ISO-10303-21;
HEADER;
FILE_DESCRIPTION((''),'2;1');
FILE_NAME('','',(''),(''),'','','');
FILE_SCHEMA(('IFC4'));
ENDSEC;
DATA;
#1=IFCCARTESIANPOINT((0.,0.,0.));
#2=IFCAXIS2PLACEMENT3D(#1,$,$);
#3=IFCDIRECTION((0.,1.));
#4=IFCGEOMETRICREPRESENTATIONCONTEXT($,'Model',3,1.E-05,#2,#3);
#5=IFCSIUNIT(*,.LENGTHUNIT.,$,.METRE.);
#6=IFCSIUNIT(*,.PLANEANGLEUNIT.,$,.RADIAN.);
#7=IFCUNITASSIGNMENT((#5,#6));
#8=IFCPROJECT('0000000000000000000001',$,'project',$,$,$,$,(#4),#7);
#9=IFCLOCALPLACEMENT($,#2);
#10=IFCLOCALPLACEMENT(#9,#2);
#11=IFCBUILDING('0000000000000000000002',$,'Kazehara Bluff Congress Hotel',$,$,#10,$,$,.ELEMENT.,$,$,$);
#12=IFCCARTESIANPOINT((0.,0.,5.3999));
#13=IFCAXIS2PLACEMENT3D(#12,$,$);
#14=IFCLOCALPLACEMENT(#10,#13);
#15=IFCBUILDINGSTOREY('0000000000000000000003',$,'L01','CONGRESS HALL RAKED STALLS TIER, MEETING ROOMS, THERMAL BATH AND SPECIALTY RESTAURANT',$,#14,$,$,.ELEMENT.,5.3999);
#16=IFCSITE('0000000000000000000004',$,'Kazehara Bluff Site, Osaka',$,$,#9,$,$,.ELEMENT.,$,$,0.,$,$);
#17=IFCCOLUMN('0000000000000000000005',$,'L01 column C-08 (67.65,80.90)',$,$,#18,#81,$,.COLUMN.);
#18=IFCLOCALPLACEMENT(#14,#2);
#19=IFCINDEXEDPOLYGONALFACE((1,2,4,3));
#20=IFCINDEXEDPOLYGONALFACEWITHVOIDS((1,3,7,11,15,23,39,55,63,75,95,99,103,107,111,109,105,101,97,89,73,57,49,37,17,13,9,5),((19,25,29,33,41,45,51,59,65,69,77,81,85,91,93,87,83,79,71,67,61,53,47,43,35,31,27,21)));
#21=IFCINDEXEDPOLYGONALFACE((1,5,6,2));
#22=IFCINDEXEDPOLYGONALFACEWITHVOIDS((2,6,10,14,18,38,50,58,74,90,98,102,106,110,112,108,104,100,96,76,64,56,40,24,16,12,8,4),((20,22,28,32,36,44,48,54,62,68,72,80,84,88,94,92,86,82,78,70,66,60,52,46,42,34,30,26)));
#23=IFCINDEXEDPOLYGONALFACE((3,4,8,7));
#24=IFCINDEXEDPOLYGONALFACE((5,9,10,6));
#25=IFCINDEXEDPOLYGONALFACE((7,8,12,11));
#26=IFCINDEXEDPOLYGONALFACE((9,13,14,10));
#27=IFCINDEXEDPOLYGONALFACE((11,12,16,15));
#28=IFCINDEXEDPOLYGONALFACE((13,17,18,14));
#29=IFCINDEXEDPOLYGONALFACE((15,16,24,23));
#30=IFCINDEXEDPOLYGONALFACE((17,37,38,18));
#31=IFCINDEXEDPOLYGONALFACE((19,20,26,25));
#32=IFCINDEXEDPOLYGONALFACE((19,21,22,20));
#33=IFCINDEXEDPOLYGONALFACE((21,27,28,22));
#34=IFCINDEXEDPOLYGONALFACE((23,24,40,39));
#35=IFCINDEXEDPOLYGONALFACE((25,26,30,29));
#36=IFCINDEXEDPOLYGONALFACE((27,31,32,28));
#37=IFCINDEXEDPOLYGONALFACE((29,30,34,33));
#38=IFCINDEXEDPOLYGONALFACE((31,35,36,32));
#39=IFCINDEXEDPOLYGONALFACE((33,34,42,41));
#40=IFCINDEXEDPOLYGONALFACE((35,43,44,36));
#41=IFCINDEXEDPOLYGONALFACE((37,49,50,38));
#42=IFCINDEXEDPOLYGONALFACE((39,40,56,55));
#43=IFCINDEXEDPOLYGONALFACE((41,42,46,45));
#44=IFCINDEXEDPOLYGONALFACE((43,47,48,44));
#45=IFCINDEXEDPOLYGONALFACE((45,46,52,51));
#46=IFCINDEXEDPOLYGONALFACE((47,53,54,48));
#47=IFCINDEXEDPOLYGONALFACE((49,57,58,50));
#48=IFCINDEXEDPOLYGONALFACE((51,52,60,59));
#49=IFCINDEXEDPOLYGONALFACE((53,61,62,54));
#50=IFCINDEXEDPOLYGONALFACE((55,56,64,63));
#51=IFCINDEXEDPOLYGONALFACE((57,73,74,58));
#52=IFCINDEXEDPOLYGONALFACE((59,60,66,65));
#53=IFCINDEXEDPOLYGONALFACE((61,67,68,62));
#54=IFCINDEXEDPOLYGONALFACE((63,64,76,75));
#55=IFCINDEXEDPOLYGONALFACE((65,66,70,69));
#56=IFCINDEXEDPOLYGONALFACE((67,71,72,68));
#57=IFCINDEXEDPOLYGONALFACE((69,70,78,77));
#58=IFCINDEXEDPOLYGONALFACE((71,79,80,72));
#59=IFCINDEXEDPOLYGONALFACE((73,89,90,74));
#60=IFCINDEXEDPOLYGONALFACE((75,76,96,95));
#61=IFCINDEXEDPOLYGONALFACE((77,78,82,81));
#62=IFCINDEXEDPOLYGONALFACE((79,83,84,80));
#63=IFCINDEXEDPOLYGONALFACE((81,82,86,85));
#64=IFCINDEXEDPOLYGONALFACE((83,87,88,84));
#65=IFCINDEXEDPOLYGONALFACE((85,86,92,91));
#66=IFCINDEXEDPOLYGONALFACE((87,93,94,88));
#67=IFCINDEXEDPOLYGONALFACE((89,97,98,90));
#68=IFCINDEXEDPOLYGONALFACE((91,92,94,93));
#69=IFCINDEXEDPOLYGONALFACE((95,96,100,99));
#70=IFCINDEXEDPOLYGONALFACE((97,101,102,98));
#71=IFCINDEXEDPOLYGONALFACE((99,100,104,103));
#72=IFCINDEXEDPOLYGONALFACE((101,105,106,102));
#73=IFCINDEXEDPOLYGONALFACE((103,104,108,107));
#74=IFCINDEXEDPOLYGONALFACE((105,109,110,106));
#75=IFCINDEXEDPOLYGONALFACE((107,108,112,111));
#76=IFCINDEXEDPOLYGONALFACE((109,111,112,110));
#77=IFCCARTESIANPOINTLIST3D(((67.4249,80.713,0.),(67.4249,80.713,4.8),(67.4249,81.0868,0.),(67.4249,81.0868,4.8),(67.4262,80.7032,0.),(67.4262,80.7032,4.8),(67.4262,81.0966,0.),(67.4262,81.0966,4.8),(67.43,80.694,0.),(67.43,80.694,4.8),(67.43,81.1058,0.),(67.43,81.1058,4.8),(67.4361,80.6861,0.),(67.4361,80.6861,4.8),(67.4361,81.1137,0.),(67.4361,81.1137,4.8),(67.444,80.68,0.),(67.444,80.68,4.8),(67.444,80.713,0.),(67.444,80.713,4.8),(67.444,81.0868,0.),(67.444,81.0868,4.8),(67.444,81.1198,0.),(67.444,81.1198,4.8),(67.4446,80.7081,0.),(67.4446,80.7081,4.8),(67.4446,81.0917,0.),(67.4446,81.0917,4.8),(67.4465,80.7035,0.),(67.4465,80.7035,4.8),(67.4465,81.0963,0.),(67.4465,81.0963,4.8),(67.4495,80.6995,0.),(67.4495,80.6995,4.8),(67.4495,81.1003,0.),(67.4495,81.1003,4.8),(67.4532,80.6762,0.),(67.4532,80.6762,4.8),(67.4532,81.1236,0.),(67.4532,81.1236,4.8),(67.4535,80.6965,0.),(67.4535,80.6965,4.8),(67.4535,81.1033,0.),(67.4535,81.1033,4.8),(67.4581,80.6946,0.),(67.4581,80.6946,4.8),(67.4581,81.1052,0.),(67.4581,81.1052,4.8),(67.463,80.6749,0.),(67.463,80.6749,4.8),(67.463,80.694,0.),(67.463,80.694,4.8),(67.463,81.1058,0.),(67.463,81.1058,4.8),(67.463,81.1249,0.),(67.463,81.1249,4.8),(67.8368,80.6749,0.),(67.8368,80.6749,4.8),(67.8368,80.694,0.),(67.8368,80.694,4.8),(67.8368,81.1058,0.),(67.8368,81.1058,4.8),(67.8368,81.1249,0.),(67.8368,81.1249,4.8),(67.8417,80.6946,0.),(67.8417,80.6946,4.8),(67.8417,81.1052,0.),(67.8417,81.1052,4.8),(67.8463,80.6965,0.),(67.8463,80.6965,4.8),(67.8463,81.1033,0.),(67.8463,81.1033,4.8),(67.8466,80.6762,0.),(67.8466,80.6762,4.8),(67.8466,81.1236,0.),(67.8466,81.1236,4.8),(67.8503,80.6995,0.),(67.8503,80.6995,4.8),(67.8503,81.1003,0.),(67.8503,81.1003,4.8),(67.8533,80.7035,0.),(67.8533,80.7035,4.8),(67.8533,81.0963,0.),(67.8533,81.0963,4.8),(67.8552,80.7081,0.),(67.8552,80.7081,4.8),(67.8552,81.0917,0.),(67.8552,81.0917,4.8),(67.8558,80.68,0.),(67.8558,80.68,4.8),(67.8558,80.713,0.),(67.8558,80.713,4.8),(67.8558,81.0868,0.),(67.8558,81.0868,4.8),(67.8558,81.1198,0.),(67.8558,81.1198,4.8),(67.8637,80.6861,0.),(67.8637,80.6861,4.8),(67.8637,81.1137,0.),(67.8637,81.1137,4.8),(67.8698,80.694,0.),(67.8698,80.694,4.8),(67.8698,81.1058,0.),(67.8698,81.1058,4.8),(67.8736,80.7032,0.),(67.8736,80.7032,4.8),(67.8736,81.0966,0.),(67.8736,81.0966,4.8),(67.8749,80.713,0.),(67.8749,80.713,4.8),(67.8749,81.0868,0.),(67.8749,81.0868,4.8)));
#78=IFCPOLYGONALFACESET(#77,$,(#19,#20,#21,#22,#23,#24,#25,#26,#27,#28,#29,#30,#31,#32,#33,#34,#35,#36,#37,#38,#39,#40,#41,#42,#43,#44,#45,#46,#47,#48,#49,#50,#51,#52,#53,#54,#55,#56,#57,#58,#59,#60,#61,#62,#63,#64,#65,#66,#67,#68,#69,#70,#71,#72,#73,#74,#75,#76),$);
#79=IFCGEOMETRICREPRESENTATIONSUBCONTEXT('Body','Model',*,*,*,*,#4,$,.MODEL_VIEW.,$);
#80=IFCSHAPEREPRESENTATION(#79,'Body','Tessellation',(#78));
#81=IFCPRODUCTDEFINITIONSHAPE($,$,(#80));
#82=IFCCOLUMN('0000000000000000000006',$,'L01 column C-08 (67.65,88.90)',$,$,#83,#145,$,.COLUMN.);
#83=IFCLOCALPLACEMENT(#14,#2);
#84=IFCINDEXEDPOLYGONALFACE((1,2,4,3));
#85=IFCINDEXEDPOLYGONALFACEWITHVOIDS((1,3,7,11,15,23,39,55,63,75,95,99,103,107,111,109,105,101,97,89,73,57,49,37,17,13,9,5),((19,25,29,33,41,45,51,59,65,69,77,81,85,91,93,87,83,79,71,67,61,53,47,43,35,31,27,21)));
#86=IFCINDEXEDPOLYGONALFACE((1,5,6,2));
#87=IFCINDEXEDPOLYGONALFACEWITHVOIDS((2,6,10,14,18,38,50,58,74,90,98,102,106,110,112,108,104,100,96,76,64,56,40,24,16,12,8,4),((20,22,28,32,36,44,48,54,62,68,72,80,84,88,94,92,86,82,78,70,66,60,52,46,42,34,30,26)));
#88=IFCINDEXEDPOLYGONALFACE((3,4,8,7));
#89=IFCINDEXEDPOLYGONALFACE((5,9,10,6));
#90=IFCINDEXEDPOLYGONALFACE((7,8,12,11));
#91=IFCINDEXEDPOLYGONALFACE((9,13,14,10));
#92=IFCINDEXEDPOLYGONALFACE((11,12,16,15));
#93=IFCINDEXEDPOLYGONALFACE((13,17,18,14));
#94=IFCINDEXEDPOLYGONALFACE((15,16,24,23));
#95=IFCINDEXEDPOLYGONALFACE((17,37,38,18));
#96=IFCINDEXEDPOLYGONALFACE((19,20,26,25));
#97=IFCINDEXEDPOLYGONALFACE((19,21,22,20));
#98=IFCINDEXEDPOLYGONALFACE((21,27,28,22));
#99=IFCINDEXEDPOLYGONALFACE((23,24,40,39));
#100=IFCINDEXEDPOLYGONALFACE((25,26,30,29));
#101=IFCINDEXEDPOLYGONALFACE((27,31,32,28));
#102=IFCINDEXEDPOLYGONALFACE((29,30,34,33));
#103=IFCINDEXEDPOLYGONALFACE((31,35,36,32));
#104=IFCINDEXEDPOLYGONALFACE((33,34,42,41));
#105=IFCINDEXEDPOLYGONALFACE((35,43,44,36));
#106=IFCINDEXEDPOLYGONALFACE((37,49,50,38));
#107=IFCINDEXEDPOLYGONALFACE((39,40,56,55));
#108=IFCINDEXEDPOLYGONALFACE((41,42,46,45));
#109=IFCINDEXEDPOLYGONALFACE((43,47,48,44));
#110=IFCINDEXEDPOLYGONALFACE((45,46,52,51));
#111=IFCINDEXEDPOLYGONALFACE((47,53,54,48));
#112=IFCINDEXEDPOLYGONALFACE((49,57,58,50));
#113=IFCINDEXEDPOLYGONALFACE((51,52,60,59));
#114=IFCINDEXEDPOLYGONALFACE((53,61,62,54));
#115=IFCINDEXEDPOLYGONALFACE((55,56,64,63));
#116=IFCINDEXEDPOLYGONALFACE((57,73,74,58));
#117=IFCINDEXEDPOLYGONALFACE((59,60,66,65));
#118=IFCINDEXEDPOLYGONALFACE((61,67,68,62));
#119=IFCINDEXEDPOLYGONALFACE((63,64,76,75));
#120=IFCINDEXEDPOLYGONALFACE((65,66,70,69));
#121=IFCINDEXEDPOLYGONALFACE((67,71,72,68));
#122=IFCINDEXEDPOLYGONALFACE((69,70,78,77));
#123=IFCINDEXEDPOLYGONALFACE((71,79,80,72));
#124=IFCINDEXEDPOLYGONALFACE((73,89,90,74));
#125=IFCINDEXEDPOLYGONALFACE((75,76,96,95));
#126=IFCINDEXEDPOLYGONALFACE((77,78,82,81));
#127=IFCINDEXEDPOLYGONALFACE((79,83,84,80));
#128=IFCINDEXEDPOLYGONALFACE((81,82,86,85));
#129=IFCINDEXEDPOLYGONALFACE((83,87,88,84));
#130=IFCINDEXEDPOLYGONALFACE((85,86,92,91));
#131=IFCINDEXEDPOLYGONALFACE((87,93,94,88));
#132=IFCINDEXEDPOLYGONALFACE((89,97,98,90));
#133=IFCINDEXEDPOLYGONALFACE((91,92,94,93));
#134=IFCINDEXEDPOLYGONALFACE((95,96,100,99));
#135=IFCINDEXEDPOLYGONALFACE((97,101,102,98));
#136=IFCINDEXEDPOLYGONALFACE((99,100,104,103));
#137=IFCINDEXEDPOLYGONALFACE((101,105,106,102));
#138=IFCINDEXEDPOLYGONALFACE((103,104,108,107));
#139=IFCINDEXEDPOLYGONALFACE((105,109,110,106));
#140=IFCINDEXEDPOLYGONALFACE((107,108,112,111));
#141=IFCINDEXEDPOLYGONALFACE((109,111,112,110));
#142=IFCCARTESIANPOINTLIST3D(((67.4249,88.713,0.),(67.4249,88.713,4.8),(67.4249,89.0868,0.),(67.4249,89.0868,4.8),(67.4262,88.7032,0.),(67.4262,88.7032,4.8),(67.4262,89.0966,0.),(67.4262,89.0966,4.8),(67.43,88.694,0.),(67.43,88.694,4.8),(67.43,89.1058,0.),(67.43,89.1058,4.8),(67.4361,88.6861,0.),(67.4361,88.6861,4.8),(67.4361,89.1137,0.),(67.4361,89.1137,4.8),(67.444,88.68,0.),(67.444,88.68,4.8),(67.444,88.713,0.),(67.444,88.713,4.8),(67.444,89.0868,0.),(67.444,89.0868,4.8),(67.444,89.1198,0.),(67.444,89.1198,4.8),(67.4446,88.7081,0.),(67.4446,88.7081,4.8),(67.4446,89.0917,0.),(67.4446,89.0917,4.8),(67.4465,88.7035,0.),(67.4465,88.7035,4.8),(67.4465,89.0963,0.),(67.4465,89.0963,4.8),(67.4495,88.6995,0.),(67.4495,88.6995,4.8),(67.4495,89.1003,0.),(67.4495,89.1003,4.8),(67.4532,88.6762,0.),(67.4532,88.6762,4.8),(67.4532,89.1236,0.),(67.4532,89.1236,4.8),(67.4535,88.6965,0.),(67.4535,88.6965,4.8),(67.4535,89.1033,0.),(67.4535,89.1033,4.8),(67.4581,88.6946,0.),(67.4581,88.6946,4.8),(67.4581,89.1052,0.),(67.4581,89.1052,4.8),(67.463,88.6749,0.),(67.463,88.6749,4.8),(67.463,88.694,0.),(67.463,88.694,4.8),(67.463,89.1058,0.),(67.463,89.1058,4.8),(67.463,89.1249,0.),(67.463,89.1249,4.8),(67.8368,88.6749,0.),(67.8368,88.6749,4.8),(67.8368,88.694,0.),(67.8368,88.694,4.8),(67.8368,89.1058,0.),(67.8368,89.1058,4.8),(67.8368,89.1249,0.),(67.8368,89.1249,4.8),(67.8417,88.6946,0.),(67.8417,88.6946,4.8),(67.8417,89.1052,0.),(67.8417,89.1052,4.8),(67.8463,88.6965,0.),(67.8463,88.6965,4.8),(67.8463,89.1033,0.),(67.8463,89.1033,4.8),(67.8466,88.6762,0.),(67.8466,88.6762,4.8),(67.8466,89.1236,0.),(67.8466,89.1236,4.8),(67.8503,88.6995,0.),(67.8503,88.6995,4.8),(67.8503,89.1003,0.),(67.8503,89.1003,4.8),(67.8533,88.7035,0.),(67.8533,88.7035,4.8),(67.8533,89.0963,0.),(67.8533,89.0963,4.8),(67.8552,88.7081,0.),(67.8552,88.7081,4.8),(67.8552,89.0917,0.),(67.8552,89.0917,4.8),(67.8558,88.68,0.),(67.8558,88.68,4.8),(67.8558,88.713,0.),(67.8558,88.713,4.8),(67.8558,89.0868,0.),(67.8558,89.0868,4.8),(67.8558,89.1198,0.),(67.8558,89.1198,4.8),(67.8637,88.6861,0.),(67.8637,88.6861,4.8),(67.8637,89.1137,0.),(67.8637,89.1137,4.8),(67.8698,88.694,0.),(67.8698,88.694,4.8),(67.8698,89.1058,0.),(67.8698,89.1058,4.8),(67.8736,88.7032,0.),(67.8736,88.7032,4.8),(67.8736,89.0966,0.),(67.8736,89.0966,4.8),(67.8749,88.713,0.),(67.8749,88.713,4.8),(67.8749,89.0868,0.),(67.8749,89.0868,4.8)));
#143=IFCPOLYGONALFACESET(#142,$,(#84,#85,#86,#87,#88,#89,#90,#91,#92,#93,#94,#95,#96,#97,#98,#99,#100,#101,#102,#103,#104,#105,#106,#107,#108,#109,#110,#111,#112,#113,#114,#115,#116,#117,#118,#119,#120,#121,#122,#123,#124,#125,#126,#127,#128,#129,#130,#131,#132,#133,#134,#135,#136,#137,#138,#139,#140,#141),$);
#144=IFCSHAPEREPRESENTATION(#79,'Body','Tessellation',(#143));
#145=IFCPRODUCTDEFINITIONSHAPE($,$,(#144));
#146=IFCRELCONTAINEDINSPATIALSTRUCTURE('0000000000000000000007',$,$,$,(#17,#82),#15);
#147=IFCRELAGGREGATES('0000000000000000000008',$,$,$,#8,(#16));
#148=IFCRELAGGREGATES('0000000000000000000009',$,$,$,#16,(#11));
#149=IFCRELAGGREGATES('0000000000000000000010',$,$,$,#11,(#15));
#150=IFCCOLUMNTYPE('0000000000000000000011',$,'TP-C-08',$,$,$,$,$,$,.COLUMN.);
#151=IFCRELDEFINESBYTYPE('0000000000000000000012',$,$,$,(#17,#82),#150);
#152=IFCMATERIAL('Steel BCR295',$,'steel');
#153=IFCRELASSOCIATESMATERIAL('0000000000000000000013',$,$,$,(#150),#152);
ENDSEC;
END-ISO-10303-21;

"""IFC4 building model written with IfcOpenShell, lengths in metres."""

from ifc_helpers import new_model, si_unit, direction, frame, origin, origin_2d, place, context, subcontext, project, spatial, hollow_rectangle, extrude, material, material_profile, profile_set, type_object, element, save


model = new_model("IFC4")

# Units and contexts
model_context = context("Model", 3, precision=1e-05, world=origin(), true_north=direction((0.0, 1.0)))
body_context = subcontext(model_context, "Body", "Model", "MODEL_VIEW")
ifc_project = project(units=[si_unit("LENGTHUNIT", "METRE"), si_unit("PLANEANGLEUNIT", "RADIAN")], contexts=[model_context])

# Site, building, storey
site_placement = place(None, origin())
site = spatial("IfcSite", under=ifc_project, at=site_placement, Name="Kazehara Bluff Site, Osaka", CompositionType="ELEMENT", RefElevation=0.0)
building_placement = place(site_placement, origin())
building = spatial("IfcBuilding", under=site, at=building_placement, Name="Kazehara Bluff Congress Hotel", CompositionType="ELEMENT")
storey_placement = place(building_placement, frame((0.0, 0.0, 5.3999)))
storey = spatial("IfcBuildingStorey", under=building, at=storey_placement, Name="L01", Description="CONGRESS HALL RAKED STALLS TIER, MEETING ROOMS, THERMAL BATH AND SPECIALTY RESTAURANT", CompositionType="ELEMENT", Elevation=5.3999)

# Columns
ifc_material_1 = material(Name="Steel BCR295", Category="steel")
ifc_material_profile_1 = material_profile(ifc_material_1, hollow_rectangle(XDim=0.45, YDim=0.45, WallThickness=0.019, InnerFilletRadius=0.019, OuterFilletRadius=0.0381, at=origin_2d()))
ifc_profile_set_1 = profile_set([ifc_material_profile_1], Name="Steel BCR295")
column_type_1 = type_object("IfcColumnType", Name="TP-C-08", PredefinedType="COLUMN", material=ifc_profile_set_1)
for number, where, z_axis, x_axis, name in (
    (1, (67.6499, 80.8999, 0.0), (0.0, 0.0, 1.0), (1.0, 0.0, 0.0), "L01 column C-08 (67.65,80.90)"),
    (2, (67.6499, 88.8999, 0.0), (0.0, 0.0, 1.0), (1.0, 0.0, 0.0), "L01 column C-08 (67.65,88.90)"),
):
    element("IfcColumn", number, at=place(storey_placement, frame(where, z_axis=z_axis, x_axis=x_axis)), inside=storey, type_object=column_type_1, Name=name, PredefinedType="COLUMN", context=body_context, shape_type="SweptSolid", body=[
        extrude(hollow_rectangle(XDim=0.45, YDim=0.45, WallThickness=0.019, InnerFilletRadius=0.019, OuterFilletRadius=0.0381, at=origin_2d()), origin(), (0.0, 0.0, 1.0), 4.8),
    ])

save(model, "model.ifc")
